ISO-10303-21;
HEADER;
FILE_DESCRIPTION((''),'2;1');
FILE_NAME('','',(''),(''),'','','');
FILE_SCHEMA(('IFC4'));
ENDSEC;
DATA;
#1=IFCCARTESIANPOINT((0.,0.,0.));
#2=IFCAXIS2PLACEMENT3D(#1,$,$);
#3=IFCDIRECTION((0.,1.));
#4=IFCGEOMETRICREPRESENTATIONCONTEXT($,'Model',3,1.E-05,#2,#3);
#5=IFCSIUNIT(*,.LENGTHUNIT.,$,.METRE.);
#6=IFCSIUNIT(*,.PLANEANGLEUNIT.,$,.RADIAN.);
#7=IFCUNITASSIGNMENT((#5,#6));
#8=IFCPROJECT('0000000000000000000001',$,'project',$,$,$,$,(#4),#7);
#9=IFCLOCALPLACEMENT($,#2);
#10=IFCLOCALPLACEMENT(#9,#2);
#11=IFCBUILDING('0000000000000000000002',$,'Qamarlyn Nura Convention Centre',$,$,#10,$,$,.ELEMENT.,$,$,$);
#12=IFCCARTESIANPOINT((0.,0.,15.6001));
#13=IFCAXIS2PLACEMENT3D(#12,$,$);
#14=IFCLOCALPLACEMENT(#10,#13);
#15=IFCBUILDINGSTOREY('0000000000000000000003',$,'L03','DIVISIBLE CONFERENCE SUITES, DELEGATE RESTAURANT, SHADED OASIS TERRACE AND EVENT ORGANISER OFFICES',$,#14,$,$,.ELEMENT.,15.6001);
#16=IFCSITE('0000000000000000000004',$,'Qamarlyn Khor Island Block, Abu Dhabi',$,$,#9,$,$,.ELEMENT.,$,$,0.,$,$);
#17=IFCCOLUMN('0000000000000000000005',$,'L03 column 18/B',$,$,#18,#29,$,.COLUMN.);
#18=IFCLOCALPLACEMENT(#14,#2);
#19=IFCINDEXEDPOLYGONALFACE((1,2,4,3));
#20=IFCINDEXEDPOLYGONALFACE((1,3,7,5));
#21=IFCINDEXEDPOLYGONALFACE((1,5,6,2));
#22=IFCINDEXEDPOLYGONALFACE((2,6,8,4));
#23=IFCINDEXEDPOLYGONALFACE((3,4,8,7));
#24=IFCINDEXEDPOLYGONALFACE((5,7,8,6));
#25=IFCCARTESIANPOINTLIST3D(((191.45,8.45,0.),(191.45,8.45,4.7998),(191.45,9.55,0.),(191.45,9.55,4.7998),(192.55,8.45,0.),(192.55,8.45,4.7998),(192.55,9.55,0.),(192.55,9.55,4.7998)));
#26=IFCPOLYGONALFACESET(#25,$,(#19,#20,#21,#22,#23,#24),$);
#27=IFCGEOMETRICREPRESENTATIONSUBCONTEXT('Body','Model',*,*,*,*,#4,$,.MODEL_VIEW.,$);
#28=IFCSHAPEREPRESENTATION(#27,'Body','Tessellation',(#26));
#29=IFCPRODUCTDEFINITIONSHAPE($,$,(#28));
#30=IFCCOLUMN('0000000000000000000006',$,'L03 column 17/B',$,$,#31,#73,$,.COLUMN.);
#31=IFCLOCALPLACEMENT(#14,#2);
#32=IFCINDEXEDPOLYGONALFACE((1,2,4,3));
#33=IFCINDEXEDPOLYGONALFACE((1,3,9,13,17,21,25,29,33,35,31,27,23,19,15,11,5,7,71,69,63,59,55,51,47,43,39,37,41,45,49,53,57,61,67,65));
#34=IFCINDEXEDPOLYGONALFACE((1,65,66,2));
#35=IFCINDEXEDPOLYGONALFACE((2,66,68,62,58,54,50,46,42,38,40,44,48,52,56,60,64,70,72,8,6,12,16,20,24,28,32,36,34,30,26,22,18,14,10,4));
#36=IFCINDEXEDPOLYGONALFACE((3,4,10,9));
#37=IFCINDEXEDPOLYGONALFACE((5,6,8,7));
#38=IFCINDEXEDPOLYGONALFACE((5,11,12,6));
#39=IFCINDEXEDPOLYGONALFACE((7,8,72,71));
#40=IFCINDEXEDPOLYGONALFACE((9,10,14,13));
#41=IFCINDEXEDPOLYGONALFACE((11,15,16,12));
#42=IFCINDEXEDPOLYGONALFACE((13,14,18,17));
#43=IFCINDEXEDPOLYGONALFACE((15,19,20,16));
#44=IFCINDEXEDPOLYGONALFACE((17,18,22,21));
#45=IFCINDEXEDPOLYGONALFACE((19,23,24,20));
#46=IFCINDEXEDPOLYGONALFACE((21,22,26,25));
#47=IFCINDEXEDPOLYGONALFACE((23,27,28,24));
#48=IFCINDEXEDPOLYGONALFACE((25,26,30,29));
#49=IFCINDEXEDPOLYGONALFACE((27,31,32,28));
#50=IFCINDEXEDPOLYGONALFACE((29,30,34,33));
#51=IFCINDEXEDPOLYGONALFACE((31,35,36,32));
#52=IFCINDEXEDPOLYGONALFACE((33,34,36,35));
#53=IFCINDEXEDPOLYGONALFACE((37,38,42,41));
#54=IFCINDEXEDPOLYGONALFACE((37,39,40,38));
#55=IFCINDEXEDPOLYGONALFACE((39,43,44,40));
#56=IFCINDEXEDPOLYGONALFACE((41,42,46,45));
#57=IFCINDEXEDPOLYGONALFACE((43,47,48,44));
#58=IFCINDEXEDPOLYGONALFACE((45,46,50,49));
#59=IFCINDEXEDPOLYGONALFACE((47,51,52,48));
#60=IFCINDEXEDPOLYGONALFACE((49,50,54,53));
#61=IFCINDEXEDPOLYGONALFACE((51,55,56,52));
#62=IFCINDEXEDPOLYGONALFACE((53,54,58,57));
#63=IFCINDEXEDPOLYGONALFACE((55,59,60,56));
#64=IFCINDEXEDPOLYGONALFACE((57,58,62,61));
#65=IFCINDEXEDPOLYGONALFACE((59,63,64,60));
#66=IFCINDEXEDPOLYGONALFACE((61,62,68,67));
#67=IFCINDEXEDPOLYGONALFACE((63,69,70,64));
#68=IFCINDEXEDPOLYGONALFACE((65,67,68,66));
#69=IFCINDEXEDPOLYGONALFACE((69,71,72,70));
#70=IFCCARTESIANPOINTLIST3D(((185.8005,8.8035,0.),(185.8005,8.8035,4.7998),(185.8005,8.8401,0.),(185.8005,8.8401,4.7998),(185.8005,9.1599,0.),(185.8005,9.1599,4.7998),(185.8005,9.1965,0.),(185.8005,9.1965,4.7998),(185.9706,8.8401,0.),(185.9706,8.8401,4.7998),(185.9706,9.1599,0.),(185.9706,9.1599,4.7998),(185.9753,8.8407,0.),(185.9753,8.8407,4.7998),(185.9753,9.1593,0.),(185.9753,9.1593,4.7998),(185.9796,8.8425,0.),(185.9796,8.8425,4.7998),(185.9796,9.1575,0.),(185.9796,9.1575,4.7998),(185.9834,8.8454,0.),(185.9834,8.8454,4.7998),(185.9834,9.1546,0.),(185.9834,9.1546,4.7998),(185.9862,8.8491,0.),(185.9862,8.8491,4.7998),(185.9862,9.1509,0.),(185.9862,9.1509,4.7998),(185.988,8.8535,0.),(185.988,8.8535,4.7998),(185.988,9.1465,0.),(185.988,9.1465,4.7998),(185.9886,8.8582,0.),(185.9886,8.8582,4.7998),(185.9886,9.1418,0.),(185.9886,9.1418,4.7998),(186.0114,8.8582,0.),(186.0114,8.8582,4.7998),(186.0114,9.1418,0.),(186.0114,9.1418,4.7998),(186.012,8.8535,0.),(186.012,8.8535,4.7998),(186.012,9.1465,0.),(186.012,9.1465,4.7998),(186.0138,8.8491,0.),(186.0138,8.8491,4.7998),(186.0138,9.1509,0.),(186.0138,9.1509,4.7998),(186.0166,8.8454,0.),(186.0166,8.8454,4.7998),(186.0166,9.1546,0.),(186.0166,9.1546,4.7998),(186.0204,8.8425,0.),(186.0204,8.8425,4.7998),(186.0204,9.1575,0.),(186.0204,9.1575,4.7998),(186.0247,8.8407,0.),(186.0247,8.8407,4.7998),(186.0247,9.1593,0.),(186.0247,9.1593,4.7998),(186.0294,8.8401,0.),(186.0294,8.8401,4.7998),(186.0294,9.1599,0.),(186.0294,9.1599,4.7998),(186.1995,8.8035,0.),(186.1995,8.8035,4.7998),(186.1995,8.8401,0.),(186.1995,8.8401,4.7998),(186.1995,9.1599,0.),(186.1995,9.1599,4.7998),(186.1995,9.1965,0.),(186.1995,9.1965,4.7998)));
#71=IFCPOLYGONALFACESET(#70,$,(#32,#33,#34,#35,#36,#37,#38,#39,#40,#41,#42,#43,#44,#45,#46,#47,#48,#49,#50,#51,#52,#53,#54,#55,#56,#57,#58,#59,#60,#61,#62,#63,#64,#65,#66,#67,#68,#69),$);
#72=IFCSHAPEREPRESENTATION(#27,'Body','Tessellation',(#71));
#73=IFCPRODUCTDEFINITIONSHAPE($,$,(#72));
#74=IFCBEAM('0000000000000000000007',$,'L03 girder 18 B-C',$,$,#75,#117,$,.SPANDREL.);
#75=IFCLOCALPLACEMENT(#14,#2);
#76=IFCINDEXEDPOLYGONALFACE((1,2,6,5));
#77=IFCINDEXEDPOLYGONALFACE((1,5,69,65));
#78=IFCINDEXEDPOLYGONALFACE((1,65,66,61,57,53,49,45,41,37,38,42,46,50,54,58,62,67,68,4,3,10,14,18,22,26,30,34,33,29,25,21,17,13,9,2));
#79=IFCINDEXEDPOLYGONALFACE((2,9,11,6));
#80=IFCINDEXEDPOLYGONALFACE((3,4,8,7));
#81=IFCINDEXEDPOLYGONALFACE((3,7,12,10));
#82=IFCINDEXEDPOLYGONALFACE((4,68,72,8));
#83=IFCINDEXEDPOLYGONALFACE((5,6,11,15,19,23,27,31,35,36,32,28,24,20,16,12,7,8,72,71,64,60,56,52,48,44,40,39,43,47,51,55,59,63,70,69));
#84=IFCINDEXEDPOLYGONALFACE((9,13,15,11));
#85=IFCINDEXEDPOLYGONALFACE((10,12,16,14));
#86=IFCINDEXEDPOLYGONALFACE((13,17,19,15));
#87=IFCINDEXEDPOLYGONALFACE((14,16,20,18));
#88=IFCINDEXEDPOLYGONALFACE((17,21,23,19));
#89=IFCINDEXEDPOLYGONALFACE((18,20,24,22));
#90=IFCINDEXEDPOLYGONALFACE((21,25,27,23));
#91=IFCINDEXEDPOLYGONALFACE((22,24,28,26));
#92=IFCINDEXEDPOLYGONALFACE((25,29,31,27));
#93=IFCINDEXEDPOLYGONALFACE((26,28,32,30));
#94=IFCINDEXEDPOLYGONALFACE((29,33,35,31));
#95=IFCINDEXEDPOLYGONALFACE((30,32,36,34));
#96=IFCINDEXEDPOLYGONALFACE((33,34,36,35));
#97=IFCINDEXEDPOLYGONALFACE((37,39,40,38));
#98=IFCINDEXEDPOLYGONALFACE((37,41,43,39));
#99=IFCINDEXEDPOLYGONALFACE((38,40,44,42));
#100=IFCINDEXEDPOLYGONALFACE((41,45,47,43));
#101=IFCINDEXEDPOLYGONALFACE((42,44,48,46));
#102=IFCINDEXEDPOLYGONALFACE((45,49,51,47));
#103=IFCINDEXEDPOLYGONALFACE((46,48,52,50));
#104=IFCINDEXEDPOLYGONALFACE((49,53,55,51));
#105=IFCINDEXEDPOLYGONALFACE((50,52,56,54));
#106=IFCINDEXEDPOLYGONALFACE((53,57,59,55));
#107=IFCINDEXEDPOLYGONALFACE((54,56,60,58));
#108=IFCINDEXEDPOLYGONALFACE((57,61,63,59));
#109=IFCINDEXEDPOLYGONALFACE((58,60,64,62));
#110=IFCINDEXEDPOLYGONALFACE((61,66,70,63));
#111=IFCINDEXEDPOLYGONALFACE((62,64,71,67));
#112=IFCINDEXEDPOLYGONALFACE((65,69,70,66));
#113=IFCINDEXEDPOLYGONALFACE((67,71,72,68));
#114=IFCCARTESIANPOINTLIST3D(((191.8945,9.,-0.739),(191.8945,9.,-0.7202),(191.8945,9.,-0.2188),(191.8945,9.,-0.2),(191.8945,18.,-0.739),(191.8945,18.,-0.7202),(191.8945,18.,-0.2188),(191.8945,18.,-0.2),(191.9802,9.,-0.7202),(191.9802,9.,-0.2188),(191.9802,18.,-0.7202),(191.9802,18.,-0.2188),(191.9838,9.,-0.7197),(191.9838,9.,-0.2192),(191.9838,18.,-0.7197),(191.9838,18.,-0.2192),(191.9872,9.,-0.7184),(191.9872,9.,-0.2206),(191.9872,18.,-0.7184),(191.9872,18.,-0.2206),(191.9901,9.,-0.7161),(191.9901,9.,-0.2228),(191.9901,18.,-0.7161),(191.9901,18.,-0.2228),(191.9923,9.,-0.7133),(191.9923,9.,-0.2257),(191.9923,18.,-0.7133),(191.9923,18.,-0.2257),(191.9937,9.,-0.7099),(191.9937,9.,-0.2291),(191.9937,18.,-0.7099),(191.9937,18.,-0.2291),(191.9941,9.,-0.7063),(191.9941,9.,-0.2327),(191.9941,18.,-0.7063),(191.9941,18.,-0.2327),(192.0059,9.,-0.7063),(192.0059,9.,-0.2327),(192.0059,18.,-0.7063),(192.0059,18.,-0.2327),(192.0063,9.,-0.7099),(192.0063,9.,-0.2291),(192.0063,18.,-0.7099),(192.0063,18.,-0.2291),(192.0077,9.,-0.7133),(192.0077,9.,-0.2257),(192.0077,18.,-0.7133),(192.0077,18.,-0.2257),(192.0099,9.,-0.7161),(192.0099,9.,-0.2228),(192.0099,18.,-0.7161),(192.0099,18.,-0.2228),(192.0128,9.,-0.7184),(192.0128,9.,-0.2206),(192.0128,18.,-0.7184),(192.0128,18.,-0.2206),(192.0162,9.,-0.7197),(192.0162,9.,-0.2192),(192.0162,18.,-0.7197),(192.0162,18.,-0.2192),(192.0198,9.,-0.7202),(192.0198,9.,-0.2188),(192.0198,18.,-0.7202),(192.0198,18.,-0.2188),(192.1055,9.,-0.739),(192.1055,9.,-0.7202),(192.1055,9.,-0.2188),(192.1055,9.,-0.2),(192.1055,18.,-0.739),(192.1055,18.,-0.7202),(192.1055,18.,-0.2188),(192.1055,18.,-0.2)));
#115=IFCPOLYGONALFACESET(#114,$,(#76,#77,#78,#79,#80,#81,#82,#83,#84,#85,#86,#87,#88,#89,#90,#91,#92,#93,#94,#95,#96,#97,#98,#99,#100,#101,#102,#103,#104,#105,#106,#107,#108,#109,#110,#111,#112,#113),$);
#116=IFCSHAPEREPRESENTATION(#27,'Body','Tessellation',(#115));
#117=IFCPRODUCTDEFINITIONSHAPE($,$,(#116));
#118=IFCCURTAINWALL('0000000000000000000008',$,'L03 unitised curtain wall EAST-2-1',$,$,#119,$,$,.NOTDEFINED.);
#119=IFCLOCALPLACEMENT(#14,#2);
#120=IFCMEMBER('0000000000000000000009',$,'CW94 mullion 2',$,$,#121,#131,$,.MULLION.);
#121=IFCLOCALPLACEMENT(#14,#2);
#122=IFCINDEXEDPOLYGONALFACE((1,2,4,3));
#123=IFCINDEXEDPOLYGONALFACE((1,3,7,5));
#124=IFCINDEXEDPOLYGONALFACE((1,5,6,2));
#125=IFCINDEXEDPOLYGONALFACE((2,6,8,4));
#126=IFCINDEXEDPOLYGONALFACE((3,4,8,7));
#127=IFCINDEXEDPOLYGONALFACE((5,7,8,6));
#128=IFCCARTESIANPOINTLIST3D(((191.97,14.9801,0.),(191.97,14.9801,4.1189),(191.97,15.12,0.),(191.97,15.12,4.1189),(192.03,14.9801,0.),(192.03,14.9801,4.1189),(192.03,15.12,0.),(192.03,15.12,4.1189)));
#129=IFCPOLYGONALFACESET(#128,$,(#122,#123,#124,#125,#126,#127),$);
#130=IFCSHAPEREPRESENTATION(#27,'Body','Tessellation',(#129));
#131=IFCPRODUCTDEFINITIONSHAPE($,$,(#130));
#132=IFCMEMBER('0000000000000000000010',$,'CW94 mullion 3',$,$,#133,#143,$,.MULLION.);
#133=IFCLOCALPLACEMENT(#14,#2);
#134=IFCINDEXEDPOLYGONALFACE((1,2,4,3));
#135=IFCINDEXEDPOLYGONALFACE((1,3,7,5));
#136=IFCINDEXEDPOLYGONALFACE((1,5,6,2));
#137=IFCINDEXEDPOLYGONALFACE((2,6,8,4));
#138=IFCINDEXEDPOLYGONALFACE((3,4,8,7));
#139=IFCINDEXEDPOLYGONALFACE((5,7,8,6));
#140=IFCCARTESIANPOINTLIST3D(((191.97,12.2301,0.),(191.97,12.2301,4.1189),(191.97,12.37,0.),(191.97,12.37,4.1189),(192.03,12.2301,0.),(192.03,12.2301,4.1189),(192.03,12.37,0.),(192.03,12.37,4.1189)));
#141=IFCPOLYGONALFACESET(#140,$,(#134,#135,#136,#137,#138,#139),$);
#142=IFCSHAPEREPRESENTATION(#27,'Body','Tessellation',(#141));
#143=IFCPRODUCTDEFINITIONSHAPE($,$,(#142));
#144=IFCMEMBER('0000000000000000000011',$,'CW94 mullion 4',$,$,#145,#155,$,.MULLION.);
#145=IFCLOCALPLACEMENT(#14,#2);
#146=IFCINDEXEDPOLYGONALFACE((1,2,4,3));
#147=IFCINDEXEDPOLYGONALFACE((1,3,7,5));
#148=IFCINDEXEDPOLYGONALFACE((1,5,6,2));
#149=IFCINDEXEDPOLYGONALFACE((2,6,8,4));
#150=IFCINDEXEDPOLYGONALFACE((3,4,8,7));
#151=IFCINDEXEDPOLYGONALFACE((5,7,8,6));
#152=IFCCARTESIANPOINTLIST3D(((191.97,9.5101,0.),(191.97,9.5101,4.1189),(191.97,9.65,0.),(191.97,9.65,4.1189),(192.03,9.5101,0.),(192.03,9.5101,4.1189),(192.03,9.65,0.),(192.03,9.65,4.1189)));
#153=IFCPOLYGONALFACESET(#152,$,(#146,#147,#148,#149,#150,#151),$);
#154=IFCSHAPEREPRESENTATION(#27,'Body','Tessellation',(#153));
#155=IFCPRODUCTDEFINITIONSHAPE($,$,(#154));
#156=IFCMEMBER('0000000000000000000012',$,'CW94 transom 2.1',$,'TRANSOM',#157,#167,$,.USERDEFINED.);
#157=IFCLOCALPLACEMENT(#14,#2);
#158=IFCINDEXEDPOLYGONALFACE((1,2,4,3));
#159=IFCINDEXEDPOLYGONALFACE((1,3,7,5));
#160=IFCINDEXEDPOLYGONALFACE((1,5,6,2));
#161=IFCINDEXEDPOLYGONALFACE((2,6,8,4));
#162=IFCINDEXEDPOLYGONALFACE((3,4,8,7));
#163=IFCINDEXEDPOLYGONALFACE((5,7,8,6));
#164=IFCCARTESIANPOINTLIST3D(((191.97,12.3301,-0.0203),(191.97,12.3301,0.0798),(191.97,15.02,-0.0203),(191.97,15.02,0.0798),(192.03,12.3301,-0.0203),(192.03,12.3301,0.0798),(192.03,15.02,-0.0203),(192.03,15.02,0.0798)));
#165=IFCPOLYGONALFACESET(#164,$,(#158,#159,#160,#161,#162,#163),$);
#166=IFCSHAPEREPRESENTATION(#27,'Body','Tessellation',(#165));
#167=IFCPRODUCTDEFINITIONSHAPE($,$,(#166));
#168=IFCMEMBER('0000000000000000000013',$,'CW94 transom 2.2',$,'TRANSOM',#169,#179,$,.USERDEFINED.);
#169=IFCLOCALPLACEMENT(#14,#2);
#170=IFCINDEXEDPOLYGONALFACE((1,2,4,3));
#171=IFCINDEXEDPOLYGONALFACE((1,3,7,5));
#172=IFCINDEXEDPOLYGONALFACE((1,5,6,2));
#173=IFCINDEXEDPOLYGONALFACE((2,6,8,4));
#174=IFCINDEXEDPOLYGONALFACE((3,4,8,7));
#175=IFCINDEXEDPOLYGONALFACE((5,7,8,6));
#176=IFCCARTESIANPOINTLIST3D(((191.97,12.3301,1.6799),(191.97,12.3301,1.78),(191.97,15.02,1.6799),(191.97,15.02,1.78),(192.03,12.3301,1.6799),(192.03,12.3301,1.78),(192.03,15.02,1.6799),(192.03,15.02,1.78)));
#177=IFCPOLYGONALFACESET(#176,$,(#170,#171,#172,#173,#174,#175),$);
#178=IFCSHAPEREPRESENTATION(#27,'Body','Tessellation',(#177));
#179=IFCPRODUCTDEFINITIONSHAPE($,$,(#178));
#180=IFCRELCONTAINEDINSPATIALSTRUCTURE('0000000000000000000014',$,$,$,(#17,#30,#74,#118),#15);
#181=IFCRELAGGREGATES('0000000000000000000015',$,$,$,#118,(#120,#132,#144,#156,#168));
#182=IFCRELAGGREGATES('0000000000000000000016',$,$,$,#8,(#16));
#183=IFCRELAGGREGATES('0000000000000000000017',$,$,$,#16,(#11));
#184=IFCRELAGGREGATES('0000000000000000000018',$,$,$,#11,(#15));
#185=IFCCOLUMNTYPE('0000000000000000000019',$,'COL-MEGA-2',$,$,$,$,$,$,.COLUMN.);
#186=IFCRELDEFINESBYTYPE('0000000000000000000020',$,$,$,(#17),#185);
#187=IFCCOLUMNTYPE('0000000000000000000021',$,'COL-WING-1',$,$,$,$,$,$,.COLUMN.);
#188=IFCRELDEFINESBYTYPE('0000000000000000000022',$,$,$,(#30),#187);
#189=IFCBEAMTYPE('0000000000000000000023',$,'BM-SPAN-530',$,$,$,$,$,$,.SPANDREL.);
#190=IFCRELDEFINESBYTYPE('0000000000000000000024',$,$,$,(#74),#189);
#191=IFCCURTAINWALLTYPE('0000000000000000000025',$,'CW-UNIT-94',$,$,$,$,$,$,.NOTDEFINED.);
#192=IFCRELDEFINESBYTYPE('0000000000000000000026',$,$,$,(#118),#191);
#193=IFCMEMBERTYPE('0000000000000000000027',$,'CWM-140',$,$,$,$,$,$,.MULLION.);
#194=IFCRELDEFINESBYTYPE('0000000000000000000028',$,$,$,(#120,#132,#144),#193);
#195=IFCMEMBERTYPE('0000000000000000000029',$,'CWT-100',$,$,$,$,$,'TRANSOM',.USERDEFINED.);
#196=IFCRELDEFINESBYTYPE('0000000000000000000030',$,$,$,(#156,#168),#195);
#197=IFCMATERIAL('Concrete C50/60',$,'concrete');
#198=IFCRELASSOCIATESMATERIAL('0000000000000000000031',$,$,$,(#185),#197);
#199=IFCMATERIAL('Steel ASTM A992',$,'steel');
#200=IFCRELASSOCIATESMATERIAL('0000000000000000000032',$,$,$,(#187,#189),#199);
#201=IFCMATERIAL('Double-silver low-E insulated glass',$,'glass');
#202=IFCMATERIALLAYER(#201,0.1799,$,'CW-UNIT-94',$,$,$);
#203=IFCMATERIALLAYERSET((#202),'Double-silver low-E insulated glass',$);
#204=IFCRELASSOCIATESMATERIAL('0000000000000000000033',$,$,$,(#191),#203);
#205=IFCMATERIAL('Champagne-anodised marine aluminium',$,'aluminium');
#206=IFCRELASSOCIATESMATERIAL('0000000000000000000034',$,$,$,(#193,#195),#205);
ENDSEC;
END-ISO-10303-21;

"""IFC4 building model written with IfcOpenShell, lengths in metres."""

from ifc_helpers import new_model, si_unit, direction, frame, origin, origin_2d, place, context, subcontext, project, spatial, rectangle, i_section, extrude, material, layer, layer_set, material_profile, profile_set, type_object, element, aggregate, save


model = new_model("IFC4")

# Units and contexts
model_context = context("Model", 3, precision=1e-05, world=origin(), true_north=direction((0.0, 1.0)))
body_context = subcontext(model_context, "Body", "Model", "MODEL_VIEW")
ifc_project = project(units=[si_unit("LENGTHUNIT", "METRE"), si_unit("PLANEANGLEUNIT", "RADIAN")], contexts=[model_context])

# Site, building, storey
site_placement = place(None, origin())
site = spatial("IfcSite", under=ifc_project, at=site_placement, Name="Qamarlyn Khor Island Block, Abu Dhabi", CompositionType="ELEMENT", RefElevation=0.0)
building_placement = place(site_placement, origin())
building = spatial("IfcBuilding", under=site, at=building_placement, Name="Qamarlyn Nura Convention Centre", CompositionType="ELEMENT")
storey_placement = place(building_placement, frame((0.0, 0.0, 15.6001)))
storey = spatial("IfcBuildingStorey", under=building, at=storey_placement, Name="L03", Description="DIVISIBLE CONFERENCE SUITES, DELEGATE RESTAURANT, SHADED OASIS TERRACE AND EVENT ORGANISER OFFICES", CompositionType="ELEMENT", Elevation=15.6001)

# Columns
ifc_material_1 = material(Name="Concrete C50/60", Category="concrete")
ifc_material_profile_1 = material_profile(ifc_material_1, rectangle(XDim=1.1001, YDim=1.1001, at=origin_2d()), Name="RC 1100x1100")
ifc_profile_set_1 = profile_set([ifc_material_profile_1], Name="Concrete C50/60")
column_type_1 = type_object("IfcColumnType", Name="COL-MEGA-2", PredefinedType="COLUMN", material=ifc_profile_set_1)
column_1_placement = place(storey_placement, frame((192.0, 9.0, 0.0), z_axis=(0.0, 0.0, 1.0), x_axis=(1.0, 0.0, 0.0)))
element("IfcColumn", 1, at=column_1_placement, inside=storey, type_object=column_type_1, Name="L03 column 18/B", PredefinedType="COLUMN", context=body_context, shape_type="SweptSolid", body=[
    extrude(rectangle(XDim=1.1001, YDim=1.1001, at=origin_2d()), origin(), (0.0, 0.0, 1.0), 4.7998),
])
ifc_material_2 = material(Name="Steel ASTM A992", Category="steel")
ifc_material_profile_2 = material_profile(ifc_material_2, i_section(OverallWidth=0.3989, OverallDepth=0.3931, WebThickness=0.0227, FlangeThickness=0.0366, FilletRadius=0.0181, at=origin_2d()), Name="W360X287")
ifc_profile_set_2 = profile_set([ifc_material_profile_2], Name="Steel ASTM A992")
column_type_2 = type_object("IfcColumnType", Name="COL-WING-1", PredefinedType="COLUMN", material=ifc_profile_set_2)
column_2_placement = place(storey_placement, frame((186.0, 9.0, 0.0), z_axis=(0.0, 0.0, 1.0), x_axis=(1.0, 0.0, 0.0)))
element("IfcColumn", 2, at=column_2_placement, inside=storey, type_object=column_type_2, Name="L03 column 17/B", PredefinedType="COLUMN", context=body_context, shape_type="SweptSolid", body=[
    extrude(i_section(OverallWidth=0.3989, OverallDepth=0.3931, WebThickness=0.0227, FlangeThickness=0.0366, FilletRadius=0.0181, at=origin_2d()), origin(), (0.0, 0.0, 1.0), 4.7998),
])

# Beam
ifc_material_profile_3 = material_profile(ifc_material_2, i_section(OverallWidth=0.2109, OverallDepth=0.5391, WebThickness=0.0117, FlangeThickness=0.0188, FilletRadius=0.0139, at=origin_2d()), Name="W530X109")
ifc_profile_set_3 = profile_set([ifc_material_profile_3], Name="Steel ASTM A992")
beam_type = type_object("IfcBeamType", Name="BM-SPAN-530", PredefinedType="SPANDREL", material=ifc_profile_set_3)
beam_placement = place(storey_placement, frame((192.0, 9.0, -0.4695), z_axis=(0.0, 1.0, 0.0), x_axis=(-1.0, 0.0, 0.0)))
element("IfcBeam", 3, at=beam_placement, inside=storey, type_object=beam_type, Name="L03 girder 18 B-C", PredefinedType="SPANDREL", context=body_context, shape_type="SweptSolid", body=[
    extrude(i_section(OverallWidth=0.2109, OverallDepth=0.5391, WebThickness=0.0117, FlangeThickness=0.0188, FilletRadius=0.0139, at=origin_2d()), origin(), (0.0, 0.0, 1.0), 9.0),
])

# Curtain wall, members
ifc_material_3 = material(Name="Double-silver low-E insulated glass", Category="glass")
ifc_layer_1 = layer(ifc_material_3, 0.1799, Name="CW-UNIT-94")
ifc_layer_set_1 = layer_set([ifc_layer_1], Name="Double-silver low-E insulated glass")
curtain_wall_type = type_object("IfcCurtainWallType", Name="CW-UNIT-94", PredefinedType="NOTDEFINED", material=ifc_layer_set_1)
curtain_wall_placement = place(storey_placement, origin())
curtain_wall = element("IfcCurtainWall", 4, at=curtain_wall_placement, inside=storey, type_object=curtain_wall_type, Name="L03 unitised curtain wall EAST-2-1", PredefinedType="NOTDEFINED")
ifc_material_4 = material(Name="Champagne-anodised marine aluminium", Category="aluminium")
ifc_material_profile_4 = material_profile(ifc_material_4, rectangle(XDim=0.0601, YDim=0.1399, at=origin_2d()), Name="ALU MULLION 60x140")
ifc_profile_set_4 = profile_set([ifc_material_profile_4], Name="Champagne-anodised marine aluminium")
member_type_1 = type_object("IfcMemberType", Name="CWM-140", PredefinedType="MULLION", material=ifc_profile_set_4)
member_1_placement = place(storey_placement, frame((192.0, 15.05, 0.0), z_axis=(0.0, 0.0, 1.0), x_axis=(1.0, 0.0, 0.0)))
member_1 = element("IfcMember", 5, at=member_1_placement, type_object=member_type_1, Name="CW94 mullion 2", PredefinedType="MULLION", context=body_context, shape_type="SweptSolid", body=[
    extrude(rectangle(XDim=0.0601, YDim=0.1399, at=origin_2d()), origin(), (0.0, 0.0, 1.0), 4.1189),
])
member_2_placement = place(storey_placement, frame((192.0, 12.3, 0.0), z_axis=(0.0, 0.0, 1.0), x_axis=(1.0, 0.0, 0.0)))
member_2 = element("IfcMember", 6, at=member_2_placement, type_object=member_type_1, Name="CW94 mullion 3", PredefinedType="MULLION", context=body_context, shape_type="SweptSolid", body=[
    extrude(rectangle(XDim=0.0601, YDim=0.1399, at=origin_2d()), origin(), (0.0, 0.0, 1.0), 4.1189),
])
member_3_placement = place(storey_placement, frame((192.0, 9.5801, 0.0), z_axis=(0.0, 0.0, 1.0), x_axis=(1.0, 0.0, 0.0)))
member_3 = element("IfcMember", 7, at=member_3_placement, type_object=member_type_1, Name="CW94 mullion 4", PredefinedType="MULLION", context=body_context, shape_type="SweptSolid", body=[
    extrude(rectangle(XDim=0.0601, YDim=0.1399, at=origin_2d()), origin(), (0.0, 0.0, 1.0), 4.1189),
])
ifc_material_profile_5 = material_profile(ifc_material_4, rectangle(XDim=0.0601, YDim=0.1001, at=origin_2d()), Name="ALU TRANSOM 60x100")
ifc_profile_set_5 = profile_set([ifc_material_profile_5], Name="Champagne-anodised marine aluminium")
member_type_2 = type_object("IfcMemberType", Name="CWT-100", ElementType="TRANSOM", PredefinedType="USERDEFINED", material=ifc_profile_set_5)
member_4_placement = place(storey_placement, frame((192.0, 15.02, 0.0298), z_axis=(0.0, -1.0, 0.0), x_axis=(1.0, 0.0, 0.0)))
member_4 = element("IfcMember", 8, at=member_4_placement, type_object=member_type_2, Name="CW94 transom 2.1", ObjectType="TRANSOM", PredefinedType="USERDEFINED", context=body_context, shape_type="SweptSolid", body=[
    extrude(rectangle(XDim=0.0601, YDim=0.1001, at=origin_2d()), origin(), (0.0, 0.0, 1.0), 2.6899),
])
member_5_placement = place(storey_placement, frame((192.0, 15.02, 1.73), z_axis=(0.0, -1.0, 0.0), x_axis=(1.0, 0.0, 0.0)))
member_5 = element("IfcMember", 9, at=member_5_placement, type_object=member_type_2, Name="CW94 transom 2.2", ObjectType="TRANSOM", PredefinedType="USERDEFINED", context=body_context, shape_type="SweptSolid", body=[
    extrude(rectangle(XDim=0.0601, YDim=0.1001, at=origin_2d()), origin(), (0.0, 0.0, 1.0), 2.6899),
])
aggregate(curtain_wall, [member_1, member_2, member_3, member_4, member_5])

save(model, "model.ifc")
